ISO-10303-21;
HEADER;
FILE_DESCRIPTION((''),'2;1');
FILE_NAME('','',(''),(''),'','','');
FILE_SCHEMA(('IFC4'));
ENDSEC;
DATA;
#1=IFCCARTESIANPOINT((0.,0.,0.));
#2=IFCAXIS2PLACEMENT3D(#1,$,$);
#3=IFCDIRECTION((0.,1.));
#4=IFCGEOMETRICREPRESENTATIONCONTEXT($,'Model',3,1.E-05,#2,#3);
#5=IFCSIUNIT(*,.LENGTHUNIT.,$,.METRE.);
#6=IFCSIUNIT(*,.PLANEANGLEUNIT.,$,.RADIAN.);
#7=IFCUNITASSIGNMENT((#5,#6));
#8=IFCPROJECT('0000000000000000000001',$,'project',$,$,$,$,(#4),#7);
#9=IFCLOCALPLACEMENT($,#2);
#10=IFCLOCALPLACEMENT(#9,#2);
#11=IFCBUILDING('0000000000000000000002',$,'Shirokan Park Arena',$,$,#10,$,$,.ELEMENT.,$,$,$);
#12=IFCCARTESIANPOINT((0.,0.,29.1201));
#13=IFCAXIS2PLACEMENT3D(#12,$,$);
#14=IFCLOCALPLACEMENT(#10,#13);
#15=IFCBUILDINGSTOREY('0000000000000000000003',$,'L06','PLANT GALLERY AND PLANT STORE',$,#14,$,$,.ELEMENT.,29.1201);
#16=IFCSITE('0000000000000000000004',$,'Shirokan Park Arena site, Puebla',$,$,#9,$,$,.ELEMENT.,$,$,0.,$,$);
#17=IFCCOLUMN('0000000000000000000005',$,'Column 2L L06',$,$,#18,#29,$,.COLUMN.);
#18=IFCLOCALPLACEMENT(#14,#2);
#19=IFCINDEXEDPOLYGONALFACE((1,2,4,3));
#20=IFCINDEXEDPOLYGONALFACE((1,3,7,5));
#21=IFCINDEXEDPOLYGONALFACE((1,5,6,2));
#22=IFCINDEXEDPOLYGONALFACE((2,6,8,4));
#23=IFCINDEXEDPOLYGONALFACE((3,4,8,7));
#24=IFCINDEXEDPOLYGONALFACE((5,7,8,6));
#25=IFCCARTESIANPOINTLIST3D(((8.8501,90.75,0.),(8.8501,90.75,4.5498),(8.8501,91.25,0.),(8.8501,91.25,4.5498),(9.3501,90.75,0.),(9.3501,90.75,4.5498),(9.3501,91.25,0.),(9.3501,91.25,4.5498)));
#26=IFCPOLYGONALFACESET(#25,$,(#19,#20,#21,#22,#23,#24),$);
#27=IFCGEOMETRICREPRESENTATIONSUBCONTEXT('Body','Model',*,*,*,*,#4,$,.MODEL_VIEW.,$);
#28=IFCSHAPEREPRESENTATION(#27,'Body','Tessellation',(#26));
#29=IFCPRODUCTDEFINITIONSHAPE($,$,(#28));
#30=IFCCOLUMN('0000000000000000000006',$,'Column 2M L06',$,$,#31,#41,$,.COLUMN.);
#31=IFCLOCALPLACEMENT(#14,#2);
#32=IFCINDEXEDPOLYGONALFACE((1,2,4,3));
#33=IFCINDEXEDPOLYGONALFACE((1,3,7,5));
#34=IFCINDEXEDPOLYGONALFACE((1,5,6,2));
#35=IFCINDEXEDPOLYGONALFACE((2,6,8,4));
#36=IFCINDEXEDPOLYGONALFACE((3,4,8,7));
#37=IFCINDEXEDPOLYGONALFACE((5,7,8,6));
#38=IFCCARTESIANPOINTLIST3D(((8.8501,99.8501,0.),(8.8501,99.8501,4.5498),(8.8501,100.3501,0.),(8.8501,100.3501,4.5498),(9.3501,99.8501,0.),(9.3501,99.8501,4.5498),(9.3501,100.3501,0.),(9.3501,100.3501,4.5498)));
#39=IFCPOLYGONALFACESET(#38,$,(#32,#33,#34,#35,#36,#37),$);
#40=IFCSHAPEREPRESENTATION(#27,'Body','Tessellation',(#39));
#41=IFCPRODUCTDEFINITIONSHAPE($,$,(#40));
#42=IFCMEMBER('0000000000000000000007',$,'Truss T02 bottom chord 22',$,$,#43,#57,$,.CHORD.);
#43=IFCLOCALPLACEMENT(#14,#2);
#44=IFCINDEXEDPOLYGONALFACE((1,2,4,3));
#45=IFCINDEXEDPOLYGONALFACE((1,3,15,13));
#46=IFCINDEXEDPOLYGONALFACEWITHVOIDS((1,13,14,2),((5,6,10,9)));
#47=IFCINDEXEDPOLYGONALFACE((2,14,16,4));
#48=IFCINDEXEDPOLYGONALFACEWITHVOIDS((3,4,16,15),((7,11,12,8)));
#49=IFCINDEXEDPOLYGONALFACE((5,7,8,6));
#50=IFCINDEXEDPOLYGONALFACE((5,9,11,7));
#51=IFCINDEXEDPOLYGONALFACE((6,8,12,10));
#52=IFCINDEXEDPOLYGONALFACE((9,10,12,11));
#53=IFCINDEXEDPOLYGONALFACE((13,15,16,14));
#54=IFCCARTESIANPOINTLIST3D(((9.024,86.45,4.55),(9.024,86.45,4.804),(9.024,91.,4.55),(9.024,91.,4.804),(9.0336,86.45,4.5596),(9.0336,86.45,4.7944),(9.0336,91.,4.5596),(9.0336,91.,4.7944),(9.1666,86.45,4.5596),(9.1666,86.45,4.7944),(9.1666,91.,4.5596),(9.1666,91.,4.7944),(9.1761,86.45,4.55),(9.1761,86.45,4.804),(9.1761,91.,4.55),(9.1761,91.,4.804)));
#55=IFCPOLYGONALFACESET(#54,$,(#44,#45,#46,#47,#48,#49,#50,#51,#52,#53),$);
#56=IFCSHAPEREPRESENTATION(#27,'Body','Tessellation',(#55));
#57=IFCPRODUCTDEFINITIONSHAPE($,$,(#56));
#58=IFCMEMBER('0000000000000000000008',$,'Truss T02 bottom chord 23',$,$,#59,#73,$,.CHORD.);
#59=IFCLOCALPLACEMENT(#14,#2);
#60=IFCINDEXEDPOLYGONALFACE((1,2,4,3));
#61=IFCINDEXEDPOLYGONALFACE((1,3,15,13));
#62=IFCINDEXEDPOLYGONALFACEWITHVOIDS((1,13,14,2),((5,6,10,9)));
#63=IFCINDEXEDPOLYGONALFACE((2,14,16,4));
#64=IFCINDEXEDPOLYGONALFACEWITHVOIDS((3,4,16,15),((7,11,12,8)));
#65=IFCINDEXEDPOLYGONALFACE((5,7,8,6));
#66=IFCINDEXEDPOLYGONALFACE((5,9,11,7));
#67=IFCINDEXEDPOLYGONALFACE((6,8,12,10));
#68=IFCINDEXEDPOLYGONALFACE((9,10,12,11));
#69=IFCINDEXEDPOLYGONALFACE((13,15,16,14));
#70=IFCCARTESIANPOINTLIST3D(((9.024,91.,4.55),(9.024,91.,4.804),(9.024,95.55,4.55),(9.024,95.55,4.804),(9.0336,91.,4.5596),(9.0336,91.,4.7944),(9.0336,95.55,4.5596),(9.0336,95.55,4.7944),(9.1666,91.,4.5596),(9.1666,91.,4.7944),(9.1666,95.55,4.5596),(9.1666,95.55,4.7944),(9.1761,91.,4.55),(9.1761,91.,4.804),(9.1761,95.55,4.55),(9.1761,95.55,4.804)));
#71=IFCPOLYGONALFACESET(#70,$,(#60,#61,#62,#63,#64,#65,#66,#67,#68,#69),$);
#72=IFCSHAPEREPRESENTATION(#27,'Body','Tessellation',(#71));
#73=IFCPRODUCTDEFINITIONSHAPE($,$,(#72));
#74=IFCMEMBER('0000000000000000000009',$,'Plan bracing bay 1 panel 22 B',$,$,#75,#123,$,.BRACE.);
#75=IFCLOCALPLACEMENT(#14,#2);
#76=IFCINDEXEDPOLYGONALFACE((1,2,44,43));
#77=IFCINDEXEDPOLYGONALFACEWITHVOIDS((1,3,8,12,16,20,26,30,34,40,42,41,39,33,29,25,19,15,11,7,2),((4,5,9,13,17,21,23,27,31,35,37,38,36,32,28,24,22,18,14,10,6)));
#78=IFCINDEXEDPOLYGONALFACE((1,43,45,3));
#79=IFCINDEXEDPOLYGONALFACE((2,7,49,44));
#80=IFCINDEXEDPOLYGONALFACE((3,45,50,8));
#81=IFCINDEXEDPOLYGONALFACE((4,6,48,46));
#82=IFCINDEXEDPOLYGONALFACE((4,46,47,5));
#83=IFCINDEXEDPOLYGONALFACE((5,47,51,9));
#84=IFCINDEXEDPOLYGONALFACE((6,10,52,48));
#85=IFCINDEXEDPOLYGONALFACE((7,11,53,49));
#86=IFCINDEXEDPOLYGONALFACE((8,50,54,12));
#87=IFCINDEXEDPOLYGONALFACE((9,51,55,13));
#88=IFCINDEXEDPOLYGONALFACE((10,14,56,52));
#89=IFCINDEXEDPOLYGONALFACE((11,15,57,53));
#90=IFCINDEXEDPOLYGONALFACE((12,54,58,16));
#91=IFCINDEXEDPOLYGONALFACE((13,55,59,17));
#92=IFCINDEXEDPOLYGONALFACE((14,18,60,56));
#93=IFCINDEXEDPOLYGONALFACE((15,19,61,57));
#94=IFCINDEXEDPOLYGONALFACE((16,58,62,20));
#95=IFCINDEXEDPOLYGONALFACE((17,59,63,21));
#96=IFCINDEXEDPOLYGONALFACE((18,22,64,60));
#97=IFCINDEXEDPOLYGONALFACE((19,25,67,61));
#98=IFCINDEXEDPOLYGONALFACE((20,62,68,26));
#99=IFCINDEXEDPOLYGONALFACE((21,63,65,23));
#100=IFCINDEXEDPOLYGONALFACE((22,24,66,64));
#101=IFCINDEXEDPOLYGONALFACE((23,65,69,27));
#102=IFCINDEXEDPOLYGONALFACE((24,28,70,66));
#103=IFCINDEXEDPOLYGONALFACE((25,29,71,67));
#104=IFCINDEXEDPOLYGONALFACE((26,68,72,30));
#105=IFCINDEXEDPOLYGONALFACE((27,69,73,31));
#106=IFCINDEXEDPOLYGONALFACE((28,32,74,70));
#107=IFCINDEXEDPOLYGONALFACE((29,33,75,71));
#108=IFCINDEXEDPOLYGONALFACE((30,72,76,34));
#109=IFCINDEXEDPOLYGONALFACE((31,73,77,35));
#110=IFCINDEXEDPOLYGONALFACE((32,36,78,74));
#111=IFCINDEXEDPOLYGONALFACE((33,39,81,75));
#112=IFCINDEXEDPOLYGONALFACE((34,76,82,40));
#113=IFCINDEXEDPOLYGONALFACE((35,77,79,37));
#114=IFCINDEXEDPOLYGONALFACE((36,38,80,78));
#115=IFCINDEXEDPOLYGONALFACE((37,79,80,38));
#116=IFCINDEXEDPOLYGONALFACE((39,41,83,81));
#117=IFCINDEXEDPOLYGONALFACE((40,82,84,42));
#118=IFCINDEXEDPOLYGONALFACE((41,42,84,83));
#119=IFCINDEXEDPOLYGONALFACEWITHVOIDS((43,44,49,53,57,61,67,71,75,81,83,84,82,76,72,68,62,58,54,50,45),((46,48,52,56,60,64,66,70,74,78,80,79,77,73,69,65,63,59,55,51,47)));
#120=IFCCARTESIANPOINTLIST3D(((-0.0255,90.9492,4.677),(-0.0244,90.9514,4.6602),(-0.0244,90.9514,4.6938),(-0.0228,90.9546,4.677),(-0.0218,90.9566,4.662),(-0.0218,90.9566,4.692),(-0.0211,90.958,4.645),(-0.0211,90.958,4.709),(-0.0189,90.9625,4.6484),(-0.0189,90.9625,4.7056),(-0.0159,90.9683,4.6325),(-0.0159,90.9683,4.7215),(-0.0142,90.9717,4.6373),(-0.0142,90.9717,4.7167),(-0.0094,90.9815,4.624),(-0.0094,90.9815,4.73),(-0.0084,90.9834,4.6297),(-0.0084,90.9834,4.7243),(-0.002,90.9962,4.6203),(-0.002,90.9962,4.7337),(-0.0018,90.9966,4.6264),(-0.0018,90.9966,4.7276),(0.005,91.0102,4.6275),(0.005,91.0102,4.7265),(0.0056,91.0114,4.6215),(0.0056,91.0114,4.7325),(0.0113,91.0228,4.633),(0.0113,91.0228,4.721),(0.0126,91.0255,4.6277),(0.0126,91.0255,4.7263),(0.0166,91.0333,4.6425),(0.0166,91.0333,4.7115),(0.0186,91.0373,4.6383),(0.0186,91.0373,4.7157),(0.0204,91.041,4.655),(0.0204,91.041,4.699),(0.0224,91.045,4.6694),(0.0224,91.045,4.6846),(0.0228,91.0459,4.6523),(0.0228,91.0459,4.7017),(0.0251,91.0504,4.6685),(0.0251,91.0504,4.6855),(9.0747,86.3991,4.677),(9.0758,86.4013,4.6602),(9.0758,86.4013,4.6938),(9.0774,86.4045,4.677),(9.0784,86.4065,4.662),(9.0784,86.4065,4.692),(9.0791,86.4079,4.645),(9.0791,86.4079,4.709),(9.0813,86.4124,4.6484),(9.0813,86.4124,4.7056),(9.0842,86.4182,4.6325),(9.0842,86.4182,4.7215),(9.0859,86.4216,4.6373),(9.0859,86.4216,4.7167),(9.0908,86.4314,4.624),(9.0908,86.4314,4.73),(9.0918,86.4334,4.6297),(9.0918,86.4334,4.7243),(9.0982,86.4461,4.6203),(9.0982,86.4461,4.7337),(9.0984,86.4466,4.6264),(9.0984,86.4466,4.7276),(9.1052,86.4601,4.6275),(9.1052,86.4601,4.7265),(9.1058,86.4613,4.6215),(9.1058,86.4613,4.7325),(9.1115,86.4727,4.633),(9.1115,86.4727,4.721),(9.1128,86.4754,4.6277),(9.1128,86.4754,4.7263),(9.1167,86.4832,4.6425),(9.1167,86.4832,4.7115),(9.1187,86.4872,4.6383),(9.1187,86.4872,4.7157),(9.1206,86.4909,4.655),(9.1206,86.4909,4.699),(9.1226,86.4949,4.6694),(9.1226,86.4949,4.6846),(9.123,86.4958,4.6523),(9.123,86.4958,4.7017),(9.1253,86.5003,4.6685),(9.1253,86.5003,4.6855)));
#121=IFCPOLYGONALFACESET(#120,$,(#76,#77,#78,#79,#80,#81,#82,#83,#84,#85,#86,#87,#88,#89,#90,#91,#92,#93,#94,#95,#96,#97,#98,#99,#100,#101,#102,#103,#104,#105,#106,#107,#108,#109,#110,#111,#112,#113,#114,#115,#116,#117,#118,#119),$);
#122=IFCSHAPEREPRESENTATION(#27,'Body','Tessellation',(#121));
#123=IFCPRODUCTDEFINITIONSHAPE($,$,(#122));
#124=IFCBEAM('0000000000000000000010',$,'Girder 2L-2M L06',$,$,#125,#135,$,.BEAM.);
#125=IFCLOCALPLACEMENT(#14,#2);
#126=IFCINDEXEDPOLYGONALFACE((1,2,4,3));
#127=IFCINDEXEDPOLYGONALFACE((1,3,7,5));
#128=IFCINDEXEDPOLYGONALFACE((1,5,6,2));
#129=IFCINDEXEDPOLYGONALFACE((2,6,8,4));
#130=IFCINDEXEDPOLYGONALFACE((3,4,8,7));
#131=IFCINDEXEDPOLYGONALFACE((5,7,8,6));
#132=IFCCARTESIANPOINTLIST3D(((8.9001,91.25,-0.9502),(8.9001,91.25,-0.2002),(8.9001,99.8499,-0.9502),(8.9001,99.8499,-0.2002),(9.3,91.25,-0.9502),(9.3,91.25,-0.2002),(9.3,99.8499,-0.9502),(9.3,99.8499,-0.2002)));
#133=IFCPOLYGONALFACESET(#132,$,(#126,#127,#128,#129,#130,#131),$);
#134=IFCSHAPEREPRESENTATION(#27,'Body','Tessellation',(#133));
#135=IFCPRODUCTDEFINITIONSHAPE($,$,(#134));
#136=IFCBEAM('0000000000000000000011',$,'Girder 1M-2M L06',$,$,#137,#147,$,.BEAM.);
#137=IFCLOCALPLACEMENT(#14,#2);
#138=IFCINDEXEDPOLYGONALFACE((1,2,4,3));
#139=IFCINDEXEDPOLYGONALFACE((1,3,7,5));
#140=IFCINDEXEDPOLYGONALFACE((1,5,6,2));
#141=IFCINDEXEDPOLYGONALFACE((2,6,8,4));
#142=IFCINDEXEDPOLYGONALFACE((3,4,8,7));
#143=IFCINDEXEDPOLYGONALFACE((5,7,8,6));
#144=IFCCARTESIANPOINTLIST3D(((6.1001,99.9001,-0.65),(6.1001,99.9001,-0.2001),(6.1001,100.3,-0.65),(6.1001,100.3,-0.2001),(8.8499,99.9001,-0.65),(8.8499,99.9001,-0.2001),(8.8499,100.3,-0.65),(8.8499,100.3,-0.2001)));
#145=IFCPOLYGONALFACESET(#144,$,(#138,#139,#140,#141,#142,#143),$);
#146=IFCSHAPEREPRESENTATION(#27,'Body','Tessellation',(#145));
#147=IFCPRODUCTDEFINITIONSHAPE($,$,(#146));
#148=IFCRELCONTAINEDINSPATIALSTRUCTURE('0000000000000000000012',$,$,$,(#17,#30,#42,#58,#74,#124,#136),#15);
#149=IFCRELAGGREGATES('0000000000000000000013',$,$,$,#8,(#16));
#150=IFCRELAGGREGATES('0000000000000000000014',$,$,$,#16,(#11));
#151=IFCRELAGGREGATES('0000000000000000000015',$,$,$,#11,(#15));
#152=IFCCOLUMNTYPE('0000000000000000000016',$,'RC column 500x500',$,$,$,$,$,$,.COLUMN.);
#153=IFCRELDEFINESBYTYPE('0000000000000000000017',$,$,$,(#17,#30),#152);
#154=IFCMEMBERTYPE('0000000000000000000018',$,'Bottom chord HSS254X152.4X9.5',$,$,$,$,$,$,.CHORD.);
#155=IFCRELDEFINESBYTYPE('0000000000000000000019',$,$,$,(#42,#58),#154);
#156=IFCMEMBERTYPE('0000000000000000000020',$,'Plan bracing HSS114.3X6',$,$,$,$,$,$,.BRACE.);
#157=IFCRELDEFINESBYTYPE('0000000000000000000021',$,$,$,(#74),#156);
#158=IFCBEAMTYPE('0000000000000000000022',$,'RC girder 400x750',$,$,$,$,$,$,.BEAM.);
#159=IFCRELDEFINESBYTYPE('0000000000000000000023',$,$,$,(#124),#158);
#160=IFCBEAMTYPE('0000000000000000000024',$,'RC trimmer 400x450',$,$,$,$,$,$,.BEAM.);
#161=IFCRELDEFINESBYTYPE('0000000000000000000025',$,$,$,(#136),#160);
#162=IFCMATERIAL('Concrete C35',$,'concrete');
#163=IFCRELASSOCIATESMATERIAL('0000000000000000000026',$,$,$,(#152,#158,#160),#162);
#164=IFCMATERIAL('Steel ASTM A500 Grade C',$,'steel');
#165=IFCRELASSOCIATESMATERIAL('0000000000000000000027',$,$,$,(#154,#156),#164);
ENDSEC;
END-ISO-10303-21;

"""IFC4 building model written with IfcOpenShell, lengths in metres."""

from ifc_helpers import new_model, si_unit, direction, frame, origin, origin_2d, place, context, subcontext, project, spatial, rectangle, hollow_rectangle, hollow_circle, extrude, material, material_profile, profile_set, type_object, element, save


model = new_model("IFC4")

# Units and contexts
model_context = context("Model", 3, precision=1e-05, world=origin(), true_north=direction((0.0, 1.0)))
body_context = subcontext(model_context, "Body", "Model", "MODEL_VIEW")
ifc_project = project(units=[si_unit("LENGTHUNIT", "METRE"), si_unit("PLANEANGLEUNIT", "RADIAN")], contexts=[model_context])

# Site, building, storey
site_placement = place(None, origin())
site = spatial("IfcSite", under=ifc_project, at=site_placement, Name="Shirokan Park Arena site, Puebla", CompositionType="ELEMENT", RefElevation=0.0)
building_placement = place(site_placement, origin())
building = spatial("IfcBuilding", under=site, at=building_placement, Name="Shirokan Park Arena", CompositionType="ELEMENT")
storey_placement = place(building_placement, frame((0.0, 0.0, 29.1201)))
storey = spatial("IfcBuildingStorey", under=building, at=storey_placement, Name="L06", Description="PLANT GALLERY AND PLANT STORE", CompositionType="ELEMENT", Elevation=29.1201)

# Columns
ifc_material_1 = material(Name="Concrete C35", Category="concrete")
ifc_material_profile_1 = material_profile(ifc_material_1, rectangle(XDim=0.5, YDim=0.5, at=origin_2d()), Name="500x500")
ifc_profile_set_1 = profile_set([ifc_material_profile_1], Name="Concrete C35")
column_type = type_object("IfcColumnType", Name="RC column 500x500", PredefinedType="COLUMN", material=ifc_profile_set_1)
for number, where, z_axis, x_axis, name in (
    (1, (9.1001, 91.0, 0.0), (0.0, 0.0, 1.0), (1.0, 0.0, 0.0), "Column 2L L06"),
    (2, (9.1001, 100.1001, 0.0), (0.0, 0.0, 1.0), (1.0, 0.0, 0.0), "Column 2M L06"),
):
    element("IfcColumn", number, at=place(storey_placement, frame(where, z_axis=z_axis, x_axis=x_axis)), inside=storey, type_object=column_type, Name=name, PredefinedType="COLUMN", context=body_context, shape_type="SweptSolid", body=[
        extrude(rectangle(XDim=0.5, YDim=0.5, at=origin_2d()), origin(), (0.0, 0.0, 1.0), 4.5498),
    ])

# Members
ifc_material_2 = material(Name="Steel ASTM A500 Grade C", Category="steel")
ifc_material_profile_2 = material_profile(ifc_material_2, hollow_rectangle(XDim=0.1521, YDim=0.2539, WallThickness=0.0095, at=origin_2d()), Name="HSS254X152.4X9.5")
ifc_profile_set_2 = profile_set([ifc_material_profile_2], Name="Steel ASTM A500 Grade C")
member_type_1 = type_object("IfcMemberType", Name="Bottom chord HSS254X152.4X9.5", PredefinedType="CHORD", material=ifc_profile_set_2)
for number, where, z_axis, x_axis, name in (
    (3, (9.1001, 86.45, 4.677), (0.0, 1.0, 0.0), (-1.0, 0.0, 0.0), "Truss T02 bottom chord 22"),
    (4, (9.1001, 91.0, 4.677), (0.0, 1.0, 0.0), (-1.0, 0.0, 0.0), "Truss T02 bottom chord 23"),
):
    element("IfcMember", number, at=place(storey_placement, frame(where, z_axis=z_axis, x_axis=x_axis)), inside=storey, type_object=member_type_1, Name=name, PredefinedType="CHORD", context=body_context, shape_type="SweptSolid", body=[
        extrude(hollow_rectangle(XDim=0.1521, YDim=0.2539, WallThickness=0.0095, at=origin_2d()), origin(), (0.0, 0.0, 1.0), 4.55),
    ])
ifc_material_profile_3 = material_profile(ifc_material_2, hollow_circle(Radius=0.0569, WallThickness=0.0061, at=origin_2d()), Name="HSS114.3X6")
ifc_profile_set_3 = profile_set([ifc_material_profile_3], Name="Steel ASTM A500 Grade C")
member_type_2 = type_object("IfcMemberType", Name="Plan bracing HSS114.3X6", PredefinedType="BRACE", material=ifc_profile_set_3)
member_1_placement = place(storey_placement, frame((9.1001, 86.45, 4.677), z_axis=(-0.894427, 0.447214, 0.0), x_axis=(-0.447214, -0.894427, 0.0)))
element("IfcMember", 5, at=member_1_placement, inside=storey, type_object=member_type_2, Name="Plan bracing bay 1 panel 22 B", PredefinedType="BRACE", context=body_context, shape_type="SweptSolid", body=[
    extrude(hollow_circle(Radius=0.0569, WallThickness=0.0061, at=origin_2d()), origin(), (0.0, 0.0, 1.0), 10.1743),
])

# Beams
ifc_material_profile_4 = material_profile(ifc_material_1, rectangle(XDim=0.3999, YDim=0.75, at=origin_2d()), Name="400x750")
ifc_profile_set_4 = profile_set([ifc_material_profile_4], Name="Concrete C35")
beam_type_1 = type_object("IfcBeamType", Name="RC girder 400x750", PredefinedType="BEAM", material=ifc_profile_set_4)
beam_1_placement = place(storey_placement, frame((9.1001, 91.25, -0.5752), z_axis=(0.0, 1.0, 0.0), x_axis=(-1.0, 0.0, 0.0)))
element("IfcBeam", 6, at=beam_1_placement, inside=storey, type_object=beam_type_1, Name="Girder 2L-2M L06", PredefinedType="BEAM", context=body_context, shape_type="SweptSolid", body=[
    extrude(rectangle(XDim=0.3999, YDim=0.75, at=origin_2d()), origin(), (0.0, 0.0, 1.0), 8.5999),
])
ifc_material_profile_5 = material_profile(ifc_material_1, rectangle(XDim=0.3999, YDim=0.45, at=origin_2d()), Name="400x450")
ifc_profile_set_5 = profile_set([ifc_material_profile_5], Name="Concrete C35")
beam_type_2 = type_object("IfcBeamType", Name="RC trimmer 400x450", PredefinedType="BEAM", material=ifc_profile_set_5)
beam_2_placement = place(storey_placement, frame((6.1001, 100.1001, -0.425), z_axis=(1.0, 0.0, 0.0), x_axis=(0.0, 1.0, 0.0)))
element("IfcBeam", 7, at=beam_2_placement, inside=storey, type_object=beam_type_2, Name="Girder 1M-2M L06", PredefinedType="BEAM", context=body_context, shape_type="SweptSolid", body=[
    extrude(rectangle(XDim=0.3999, YDim=0.45, at=origin_2d()), origin(), (0.0, 0.0, 1.0), 2.7498),
])

save(model, "model.ifc")
